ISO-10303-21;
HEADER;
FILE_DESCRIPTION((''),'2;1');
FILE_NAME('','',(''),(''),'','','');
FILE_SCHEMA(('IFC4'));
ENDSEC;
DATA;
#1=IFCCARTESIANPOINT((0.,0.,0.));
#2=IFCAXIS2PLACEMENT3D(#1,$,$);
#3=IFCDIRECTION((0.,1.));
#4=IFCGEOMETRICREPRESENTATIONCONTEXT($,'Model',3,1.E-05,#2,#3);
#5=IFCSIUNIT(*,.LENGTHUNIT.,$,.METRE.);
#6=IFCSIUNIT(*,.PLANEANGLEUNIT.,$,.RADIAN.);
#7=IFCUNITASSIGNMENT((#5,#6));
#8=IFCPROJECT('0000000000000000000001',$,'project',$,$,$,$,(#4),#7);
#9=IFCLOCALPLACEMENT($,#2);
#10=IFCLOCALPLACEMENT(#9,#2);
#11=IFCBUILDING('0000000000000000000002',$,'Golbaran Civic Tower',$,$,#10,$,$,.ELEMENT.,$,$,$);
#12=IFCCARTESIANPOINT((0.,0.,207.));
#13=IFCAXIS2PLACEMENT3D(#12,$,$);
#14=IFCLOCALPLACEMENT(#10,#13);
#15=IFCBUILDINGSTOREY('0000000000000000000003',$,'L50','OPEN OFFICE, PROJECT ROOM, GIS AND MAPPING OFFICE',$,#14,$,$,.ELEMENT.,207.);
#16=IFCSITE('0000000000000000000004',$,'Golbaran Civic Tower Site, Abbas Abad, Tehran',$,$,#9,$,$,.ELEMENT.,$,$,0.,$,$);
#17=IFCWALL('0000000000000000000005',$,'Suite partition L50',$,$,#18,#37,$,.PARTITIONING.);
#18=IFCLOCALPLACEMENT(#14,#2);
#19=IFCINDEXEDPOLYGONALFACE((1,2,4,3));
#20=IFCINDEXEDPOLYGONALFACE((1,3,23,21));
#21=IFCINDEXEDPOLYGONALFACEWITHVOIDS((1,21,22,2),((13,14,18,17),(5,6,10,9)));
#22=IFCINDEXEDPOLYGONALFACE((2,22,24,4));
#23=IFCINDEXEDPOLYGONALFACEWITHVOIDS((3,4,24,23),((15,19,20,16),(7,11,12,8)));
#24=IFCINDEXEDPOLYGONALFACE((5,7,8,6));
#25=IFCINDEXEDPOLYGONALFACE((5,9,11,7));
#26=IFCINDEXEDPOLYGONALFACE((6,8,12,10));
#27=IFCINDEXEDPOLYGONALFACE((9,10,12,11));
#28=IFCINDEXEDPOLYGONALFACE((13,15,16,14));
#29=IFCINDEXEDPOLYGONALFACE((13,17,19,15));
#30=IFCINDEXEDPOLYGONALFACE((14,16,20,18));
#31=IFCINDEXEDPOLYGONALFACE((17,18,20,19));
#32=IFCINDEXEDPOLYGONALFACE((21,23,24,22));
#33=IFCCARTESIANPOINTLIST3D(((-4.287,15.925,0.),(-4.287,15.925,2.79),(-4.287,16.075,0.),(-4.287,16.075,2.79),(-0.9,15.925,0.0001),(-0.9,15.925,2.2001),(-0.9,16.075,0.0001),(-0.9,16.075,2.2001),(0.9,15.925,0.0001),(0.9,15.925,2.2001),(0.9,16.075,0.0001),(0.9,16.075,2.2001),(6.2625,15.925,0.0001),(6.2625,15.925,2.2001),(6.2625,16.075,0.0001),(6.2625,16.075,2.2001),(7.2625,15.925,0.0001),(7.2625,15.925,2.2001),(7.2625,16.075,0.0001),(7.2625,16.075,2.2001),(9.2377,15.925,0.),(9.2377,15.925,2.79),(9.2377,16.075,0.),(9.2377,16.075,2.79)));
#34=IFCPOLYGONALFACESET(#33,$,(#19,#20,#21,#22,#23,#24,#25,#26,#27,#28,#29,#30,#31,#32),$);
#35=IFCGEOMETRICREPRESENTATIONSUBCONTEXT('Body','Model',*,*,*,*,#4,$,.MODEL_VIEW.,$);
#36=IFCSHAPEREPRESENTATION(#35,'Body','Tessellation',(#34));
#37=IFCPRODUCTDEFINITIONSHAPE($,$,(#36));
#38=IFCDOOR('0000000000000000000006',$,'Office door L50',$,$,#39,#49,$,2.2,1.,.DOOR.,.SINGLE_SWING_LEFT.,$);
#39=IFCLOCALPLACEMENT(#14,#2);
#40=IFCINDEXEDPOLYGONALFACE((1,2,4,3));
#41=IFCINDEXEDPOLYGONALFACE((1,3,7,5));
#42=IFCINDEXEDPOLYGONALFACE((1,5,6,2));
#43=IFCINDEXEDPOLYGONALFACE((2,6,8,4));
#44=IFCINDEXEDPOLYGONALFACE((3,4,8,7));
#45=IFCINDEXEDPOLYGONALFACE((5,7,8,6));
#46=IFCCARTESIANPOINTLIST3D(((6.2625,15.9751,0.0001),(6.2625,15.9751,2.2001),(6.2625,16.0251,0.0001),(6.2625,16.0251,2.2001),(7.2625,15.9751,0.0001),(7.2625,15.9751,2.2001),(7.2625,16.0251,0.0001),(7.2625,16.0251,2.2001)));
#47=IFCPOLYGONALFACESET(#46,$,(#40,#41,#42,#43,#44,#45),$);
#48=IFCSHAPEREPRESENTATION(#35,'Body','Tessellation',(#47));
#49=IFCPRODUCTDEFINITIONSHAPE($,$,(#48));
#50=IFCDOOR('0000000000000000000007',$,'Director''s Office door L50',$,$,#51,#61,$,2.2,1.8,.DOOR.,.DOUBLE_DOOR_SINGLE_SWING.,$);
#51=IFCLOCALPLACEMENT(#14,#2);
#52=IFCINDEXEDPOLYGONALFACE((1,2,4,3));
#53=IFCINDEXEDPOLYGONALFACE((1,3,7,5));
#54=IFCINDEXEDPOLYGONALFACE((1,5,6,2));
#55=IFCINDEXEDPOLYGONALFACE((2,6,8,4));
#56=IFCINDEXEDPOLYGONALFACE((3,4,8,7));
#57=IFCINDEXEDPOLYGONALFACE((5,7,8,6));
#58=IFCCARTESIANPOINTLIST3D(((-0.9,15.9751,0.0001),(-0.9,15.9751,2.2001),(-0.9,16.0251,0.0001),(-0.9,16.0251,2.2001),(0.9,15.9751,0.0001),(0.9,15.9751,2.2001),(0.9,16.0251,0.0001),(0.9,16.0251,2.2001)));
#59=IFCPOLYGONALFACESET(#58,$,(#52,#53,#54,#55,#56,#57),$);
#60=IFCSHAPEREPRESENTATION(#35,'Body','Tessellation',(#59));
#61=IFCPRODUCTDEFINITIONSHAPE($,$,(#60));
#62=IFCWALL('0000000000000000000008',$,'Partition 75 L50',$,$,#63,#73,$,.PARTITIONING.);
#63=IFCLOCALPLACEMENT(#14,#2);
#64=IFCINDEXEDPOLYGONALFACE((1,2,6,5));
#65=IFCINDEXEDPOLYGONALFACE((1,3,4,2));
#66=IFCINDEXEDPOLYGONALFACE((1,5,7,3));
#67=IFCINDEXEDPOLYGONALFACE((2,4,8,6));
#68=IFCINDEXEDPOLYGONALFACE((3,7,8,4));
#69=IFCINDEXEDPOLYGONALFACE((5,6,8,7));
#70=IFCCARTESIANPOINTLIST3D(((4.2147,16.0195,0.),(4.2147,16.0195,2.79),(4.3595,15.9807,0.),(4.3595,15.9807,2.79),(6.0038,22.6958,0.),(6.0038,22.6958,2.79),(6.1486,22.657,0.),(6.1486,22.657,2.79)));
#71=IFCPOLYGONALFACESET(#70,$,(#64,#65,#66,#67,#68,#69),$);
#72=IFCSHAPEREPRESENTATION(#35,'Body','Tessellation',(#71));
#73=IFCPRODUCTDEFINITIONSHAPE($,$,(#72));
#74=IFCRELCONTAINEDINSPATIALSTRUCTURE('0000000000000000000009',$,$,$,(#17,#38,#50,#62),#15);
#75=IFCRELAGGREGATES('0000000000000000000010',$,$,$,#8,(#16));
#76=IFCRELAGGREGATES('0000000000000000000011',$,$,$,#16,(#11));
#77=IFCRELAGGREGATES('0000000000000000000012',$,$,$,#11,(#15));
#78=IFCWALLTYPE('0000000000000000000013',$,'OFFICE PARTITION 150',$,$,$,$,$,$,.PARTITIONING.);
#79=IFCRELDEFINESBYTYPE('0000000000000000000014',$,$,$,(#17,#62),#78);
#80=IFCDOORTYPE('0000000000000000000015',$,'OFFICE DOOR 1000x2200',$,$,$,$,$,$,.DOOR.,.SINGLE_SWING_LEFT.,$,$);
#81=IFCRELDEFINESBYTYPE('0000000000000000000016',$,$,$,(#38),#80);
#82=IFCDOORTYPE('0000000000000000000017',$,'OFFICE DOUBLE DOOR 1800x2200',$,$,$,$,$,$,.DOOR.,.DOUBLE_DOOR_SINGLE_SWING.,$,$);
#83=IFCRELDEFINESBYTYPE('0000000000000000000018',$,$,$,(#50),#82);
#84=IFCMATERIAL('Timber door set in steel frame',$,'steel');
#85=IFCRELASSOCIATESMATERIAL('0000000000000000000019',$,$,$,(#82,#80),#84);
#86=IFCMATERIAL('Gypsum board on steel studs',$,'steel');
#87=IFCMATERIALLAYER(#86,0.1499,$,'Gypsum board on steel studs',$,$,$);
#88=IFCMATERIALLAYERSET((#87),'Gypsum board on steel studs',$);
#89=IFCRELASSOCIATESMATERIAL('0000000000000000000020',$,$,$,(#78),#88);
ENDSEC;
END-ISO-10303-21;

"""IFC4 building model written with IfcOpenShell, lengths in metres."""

from ifc_helpers import new_model, si_unit, direction, frame, frame_2d, origin, place, context, subcontext, project, spatial, rectangle, extrude, material, layer, layer_set, type_object, element, fill, save


model = new_model("IFC4")

# Units and contexts
model_context = context("Model", 3, precision=1e-05, world=origin(), true_north=direction((0.0, 1.0)))
body_context = subcontext(model_context, "Body", "Model", "MODEL_VIEW")
ifc_project = project(units=[si_unit("LENGTHUNIT", "METRE"), si_unit("PLANEANGLEUNIT", "RADIAN")], contexts=[model_context])

# Site, building, storey
site_placement = place(None, origin())
site = spatial("IfcSite", under=ifc_project, at=site_placement, Name="Golbaran Civic Tower Site, Abbas Abad, Tehran", CompositionType="ELEMENT", RefElevation=0.0)
building_placement = place(site_placement, origin())
building = spatial("IfcBuilding", under=site, at=building_placement, Name="Golbaran Civic Tower", CompositionType="ELEMENT")
storey_placement = place(building_placement, frame((0.0, 0.0, 207.0)))
storey = spatial("IfcBuildingStorey", under=building, at=storey_placement, Name="L50", Description="OPEN OFFICE, PROJECT ROOM, GIS AND MAPPING OFFICE", CompositionType="ELEMENT", Elevation=207.0)

# Shared definitions
ifc_material_1 = material(Name="Timber door set in steel frame", Category="steel")

# Shared definitions
door_type_1 = type_object("IfcDoorType", Name="OFFICE DOUBLE DOOR 1800x2200", OperationType="DOUBLE_DOOR_SINGLE_SWING", PredefinedType="DOOR", material=ifc_material_1)
door_type_2 = type_object("IfcDoorType", Name="OFFICE DOOR 1000x2200", OperationType="SINGLE_SWING_LEFT", PredefinedType="DOOR", material=ifc_material_1)

# Shared definitions
ifc_material_2 = material(Name="Gypsum board on steel studs", Category="steel")
ifc_layer_1 = layer(ifc_material_2, 0.1499, Name="Gypsum board on steel studs")
ifc_layer_set_1 = layer_set([ifc_layer_1], Name="Gypsum board on steel studs")
wall_type_1 = type_object("IfcWallType", Name="OFFICE PARTITION 150", PredefinedType="PARTITIONING", material=ifc_layer_set_1)

# Wall, openings, doors
wall_1_placement = place(storey_placement, frame((9.2375, 16.0, 0.0), z_axis=(0.0, 0.0, 1.0), x_axis=(-1.0, 0.0, 0.0)))
wall_1 = element("IfcWall", 1, at=wall_1_placement, inside=storey, type_object=wall_type_1, Name="Suite partition L50", PredefinedType="PARTITIONING", context=body_context, shape_type="SweptSolid", body=[
    extrude(rectangle(XDim=13.5247, YDim=0.1499, at=frame_2d((6.7622, 0.0))), origin(), (0.0, 0.0, 1.0), 2.79),
])
opening_1_placement = place(wall_1_placement, frame((1.9751, 0.0, 0.0)))
opening_1 = element("IfcOpeningElement", 2, at=opening_1_placement, cuts=wall_1, PredefinedType="OPENING", context=body_context, shape_type="SweptSolid", body=[
    extrude(rectangle(XDim=1.0, YDim=2.2, at=frame_2d((0.5, 1.1001))), frame((0.0, 0.085, 0.0), z_axis=(0.0, -1.0, 0.0), x_axis=(1.0, 0.0, 0.0)), (0.0, 0.0, 1.0), 0.1699),
])
opening_2_placement = place(wall_1_placement, frame((8.3376, 0.0, 0.0)))
opening_2 = element("IfcOpeningElement", 3, at=opening_2_placement, cuts=wall_1, PredefinedType="OPENING", context=body_context, shape_type="SweptSolid", body=[
    extrude(rectangle(XDim=1.8, YDim=2.2, at=frame_2d((0.8999, 1.1001))), frame((0.0, 0.085, 0.0), z_axis=(0.0, -1.0, 0.0), x_axis=(1.0, 0.0, 0.0)), (0.0, 0.0, 1.0), 0.1699),
])
door_1_placement = place(opening_1_placement, origin())
door_1 = element("IfcDoor", 4, at=door_1_placement, inside=storey, type_object=door_type_2, Name="Office door L50", OperationType="SINGLE_SWING_LEFT", OverallHeight=2.2, OverallWidth=1.0, PredefinedType="DOOR", context=body_context, shape_type="SweptSolid", body=[
    extrude(rectangle(XDim=1.0, YDim=2.2, at=frame_2d((0.5, 1.1001))), frame((0.0, 0.0249, 0.0), z_axis=(0.0, -1.0, 0.0), x_axis=(1.0, 0.0, 0.0)), (0.0, 0.0, 1.0), 0.05),
])
fill(opening_1, door_1)
door_2_placement = place(opening_2_placement, origin())
door_2 = element("IfcDoor", 5, at=door_2_placement, inside=storey, type_object=door_type_1, Name="Director's Office door L50", OperationType="DOUBLE_DOOR_SINGLE_SWING", OverallHeight=2.2, OverallWidth=1.8, PredefinedType="DOOR", context=body_context, shape_type="SweptSolid", body=[
    extrude(rectangle(XDim=1.8, YDim=2.2, at=frame_2d((0.8999, 1.1001))), frame((0.0, 0.0249, 0.0), z_axis=(0.0, -1.0, 0.0), x_axis=(1.0, 0.0, 0.0)), (0.0, 0.0, 1.0), 0.05),
])
fill(opening_2, door_2)

# Wall
wall_2_placement = place(storey_placement, frame((4.2871, 16.0, 0.0), z_axis=(0.0, 0.0, 1.0), x_axis=(0.258841, 0.96592, 0.0)))
element("IfcWall", 6, at=wall_2_placement, inside=storey, type_object=wall_type_1, Name="Partition 75 L50", PredefinedType="PARTITIONING", context=body_context, shape_type="SweptSolid", body=[
    extrude(rectangle(XDim=6.9119, YDim=0.1499, at=frame_2d((3.4561, 0.0))), origin(), (0.0, 0.0, 1.0), 2.79),
])

save(model, "model.ifc")
